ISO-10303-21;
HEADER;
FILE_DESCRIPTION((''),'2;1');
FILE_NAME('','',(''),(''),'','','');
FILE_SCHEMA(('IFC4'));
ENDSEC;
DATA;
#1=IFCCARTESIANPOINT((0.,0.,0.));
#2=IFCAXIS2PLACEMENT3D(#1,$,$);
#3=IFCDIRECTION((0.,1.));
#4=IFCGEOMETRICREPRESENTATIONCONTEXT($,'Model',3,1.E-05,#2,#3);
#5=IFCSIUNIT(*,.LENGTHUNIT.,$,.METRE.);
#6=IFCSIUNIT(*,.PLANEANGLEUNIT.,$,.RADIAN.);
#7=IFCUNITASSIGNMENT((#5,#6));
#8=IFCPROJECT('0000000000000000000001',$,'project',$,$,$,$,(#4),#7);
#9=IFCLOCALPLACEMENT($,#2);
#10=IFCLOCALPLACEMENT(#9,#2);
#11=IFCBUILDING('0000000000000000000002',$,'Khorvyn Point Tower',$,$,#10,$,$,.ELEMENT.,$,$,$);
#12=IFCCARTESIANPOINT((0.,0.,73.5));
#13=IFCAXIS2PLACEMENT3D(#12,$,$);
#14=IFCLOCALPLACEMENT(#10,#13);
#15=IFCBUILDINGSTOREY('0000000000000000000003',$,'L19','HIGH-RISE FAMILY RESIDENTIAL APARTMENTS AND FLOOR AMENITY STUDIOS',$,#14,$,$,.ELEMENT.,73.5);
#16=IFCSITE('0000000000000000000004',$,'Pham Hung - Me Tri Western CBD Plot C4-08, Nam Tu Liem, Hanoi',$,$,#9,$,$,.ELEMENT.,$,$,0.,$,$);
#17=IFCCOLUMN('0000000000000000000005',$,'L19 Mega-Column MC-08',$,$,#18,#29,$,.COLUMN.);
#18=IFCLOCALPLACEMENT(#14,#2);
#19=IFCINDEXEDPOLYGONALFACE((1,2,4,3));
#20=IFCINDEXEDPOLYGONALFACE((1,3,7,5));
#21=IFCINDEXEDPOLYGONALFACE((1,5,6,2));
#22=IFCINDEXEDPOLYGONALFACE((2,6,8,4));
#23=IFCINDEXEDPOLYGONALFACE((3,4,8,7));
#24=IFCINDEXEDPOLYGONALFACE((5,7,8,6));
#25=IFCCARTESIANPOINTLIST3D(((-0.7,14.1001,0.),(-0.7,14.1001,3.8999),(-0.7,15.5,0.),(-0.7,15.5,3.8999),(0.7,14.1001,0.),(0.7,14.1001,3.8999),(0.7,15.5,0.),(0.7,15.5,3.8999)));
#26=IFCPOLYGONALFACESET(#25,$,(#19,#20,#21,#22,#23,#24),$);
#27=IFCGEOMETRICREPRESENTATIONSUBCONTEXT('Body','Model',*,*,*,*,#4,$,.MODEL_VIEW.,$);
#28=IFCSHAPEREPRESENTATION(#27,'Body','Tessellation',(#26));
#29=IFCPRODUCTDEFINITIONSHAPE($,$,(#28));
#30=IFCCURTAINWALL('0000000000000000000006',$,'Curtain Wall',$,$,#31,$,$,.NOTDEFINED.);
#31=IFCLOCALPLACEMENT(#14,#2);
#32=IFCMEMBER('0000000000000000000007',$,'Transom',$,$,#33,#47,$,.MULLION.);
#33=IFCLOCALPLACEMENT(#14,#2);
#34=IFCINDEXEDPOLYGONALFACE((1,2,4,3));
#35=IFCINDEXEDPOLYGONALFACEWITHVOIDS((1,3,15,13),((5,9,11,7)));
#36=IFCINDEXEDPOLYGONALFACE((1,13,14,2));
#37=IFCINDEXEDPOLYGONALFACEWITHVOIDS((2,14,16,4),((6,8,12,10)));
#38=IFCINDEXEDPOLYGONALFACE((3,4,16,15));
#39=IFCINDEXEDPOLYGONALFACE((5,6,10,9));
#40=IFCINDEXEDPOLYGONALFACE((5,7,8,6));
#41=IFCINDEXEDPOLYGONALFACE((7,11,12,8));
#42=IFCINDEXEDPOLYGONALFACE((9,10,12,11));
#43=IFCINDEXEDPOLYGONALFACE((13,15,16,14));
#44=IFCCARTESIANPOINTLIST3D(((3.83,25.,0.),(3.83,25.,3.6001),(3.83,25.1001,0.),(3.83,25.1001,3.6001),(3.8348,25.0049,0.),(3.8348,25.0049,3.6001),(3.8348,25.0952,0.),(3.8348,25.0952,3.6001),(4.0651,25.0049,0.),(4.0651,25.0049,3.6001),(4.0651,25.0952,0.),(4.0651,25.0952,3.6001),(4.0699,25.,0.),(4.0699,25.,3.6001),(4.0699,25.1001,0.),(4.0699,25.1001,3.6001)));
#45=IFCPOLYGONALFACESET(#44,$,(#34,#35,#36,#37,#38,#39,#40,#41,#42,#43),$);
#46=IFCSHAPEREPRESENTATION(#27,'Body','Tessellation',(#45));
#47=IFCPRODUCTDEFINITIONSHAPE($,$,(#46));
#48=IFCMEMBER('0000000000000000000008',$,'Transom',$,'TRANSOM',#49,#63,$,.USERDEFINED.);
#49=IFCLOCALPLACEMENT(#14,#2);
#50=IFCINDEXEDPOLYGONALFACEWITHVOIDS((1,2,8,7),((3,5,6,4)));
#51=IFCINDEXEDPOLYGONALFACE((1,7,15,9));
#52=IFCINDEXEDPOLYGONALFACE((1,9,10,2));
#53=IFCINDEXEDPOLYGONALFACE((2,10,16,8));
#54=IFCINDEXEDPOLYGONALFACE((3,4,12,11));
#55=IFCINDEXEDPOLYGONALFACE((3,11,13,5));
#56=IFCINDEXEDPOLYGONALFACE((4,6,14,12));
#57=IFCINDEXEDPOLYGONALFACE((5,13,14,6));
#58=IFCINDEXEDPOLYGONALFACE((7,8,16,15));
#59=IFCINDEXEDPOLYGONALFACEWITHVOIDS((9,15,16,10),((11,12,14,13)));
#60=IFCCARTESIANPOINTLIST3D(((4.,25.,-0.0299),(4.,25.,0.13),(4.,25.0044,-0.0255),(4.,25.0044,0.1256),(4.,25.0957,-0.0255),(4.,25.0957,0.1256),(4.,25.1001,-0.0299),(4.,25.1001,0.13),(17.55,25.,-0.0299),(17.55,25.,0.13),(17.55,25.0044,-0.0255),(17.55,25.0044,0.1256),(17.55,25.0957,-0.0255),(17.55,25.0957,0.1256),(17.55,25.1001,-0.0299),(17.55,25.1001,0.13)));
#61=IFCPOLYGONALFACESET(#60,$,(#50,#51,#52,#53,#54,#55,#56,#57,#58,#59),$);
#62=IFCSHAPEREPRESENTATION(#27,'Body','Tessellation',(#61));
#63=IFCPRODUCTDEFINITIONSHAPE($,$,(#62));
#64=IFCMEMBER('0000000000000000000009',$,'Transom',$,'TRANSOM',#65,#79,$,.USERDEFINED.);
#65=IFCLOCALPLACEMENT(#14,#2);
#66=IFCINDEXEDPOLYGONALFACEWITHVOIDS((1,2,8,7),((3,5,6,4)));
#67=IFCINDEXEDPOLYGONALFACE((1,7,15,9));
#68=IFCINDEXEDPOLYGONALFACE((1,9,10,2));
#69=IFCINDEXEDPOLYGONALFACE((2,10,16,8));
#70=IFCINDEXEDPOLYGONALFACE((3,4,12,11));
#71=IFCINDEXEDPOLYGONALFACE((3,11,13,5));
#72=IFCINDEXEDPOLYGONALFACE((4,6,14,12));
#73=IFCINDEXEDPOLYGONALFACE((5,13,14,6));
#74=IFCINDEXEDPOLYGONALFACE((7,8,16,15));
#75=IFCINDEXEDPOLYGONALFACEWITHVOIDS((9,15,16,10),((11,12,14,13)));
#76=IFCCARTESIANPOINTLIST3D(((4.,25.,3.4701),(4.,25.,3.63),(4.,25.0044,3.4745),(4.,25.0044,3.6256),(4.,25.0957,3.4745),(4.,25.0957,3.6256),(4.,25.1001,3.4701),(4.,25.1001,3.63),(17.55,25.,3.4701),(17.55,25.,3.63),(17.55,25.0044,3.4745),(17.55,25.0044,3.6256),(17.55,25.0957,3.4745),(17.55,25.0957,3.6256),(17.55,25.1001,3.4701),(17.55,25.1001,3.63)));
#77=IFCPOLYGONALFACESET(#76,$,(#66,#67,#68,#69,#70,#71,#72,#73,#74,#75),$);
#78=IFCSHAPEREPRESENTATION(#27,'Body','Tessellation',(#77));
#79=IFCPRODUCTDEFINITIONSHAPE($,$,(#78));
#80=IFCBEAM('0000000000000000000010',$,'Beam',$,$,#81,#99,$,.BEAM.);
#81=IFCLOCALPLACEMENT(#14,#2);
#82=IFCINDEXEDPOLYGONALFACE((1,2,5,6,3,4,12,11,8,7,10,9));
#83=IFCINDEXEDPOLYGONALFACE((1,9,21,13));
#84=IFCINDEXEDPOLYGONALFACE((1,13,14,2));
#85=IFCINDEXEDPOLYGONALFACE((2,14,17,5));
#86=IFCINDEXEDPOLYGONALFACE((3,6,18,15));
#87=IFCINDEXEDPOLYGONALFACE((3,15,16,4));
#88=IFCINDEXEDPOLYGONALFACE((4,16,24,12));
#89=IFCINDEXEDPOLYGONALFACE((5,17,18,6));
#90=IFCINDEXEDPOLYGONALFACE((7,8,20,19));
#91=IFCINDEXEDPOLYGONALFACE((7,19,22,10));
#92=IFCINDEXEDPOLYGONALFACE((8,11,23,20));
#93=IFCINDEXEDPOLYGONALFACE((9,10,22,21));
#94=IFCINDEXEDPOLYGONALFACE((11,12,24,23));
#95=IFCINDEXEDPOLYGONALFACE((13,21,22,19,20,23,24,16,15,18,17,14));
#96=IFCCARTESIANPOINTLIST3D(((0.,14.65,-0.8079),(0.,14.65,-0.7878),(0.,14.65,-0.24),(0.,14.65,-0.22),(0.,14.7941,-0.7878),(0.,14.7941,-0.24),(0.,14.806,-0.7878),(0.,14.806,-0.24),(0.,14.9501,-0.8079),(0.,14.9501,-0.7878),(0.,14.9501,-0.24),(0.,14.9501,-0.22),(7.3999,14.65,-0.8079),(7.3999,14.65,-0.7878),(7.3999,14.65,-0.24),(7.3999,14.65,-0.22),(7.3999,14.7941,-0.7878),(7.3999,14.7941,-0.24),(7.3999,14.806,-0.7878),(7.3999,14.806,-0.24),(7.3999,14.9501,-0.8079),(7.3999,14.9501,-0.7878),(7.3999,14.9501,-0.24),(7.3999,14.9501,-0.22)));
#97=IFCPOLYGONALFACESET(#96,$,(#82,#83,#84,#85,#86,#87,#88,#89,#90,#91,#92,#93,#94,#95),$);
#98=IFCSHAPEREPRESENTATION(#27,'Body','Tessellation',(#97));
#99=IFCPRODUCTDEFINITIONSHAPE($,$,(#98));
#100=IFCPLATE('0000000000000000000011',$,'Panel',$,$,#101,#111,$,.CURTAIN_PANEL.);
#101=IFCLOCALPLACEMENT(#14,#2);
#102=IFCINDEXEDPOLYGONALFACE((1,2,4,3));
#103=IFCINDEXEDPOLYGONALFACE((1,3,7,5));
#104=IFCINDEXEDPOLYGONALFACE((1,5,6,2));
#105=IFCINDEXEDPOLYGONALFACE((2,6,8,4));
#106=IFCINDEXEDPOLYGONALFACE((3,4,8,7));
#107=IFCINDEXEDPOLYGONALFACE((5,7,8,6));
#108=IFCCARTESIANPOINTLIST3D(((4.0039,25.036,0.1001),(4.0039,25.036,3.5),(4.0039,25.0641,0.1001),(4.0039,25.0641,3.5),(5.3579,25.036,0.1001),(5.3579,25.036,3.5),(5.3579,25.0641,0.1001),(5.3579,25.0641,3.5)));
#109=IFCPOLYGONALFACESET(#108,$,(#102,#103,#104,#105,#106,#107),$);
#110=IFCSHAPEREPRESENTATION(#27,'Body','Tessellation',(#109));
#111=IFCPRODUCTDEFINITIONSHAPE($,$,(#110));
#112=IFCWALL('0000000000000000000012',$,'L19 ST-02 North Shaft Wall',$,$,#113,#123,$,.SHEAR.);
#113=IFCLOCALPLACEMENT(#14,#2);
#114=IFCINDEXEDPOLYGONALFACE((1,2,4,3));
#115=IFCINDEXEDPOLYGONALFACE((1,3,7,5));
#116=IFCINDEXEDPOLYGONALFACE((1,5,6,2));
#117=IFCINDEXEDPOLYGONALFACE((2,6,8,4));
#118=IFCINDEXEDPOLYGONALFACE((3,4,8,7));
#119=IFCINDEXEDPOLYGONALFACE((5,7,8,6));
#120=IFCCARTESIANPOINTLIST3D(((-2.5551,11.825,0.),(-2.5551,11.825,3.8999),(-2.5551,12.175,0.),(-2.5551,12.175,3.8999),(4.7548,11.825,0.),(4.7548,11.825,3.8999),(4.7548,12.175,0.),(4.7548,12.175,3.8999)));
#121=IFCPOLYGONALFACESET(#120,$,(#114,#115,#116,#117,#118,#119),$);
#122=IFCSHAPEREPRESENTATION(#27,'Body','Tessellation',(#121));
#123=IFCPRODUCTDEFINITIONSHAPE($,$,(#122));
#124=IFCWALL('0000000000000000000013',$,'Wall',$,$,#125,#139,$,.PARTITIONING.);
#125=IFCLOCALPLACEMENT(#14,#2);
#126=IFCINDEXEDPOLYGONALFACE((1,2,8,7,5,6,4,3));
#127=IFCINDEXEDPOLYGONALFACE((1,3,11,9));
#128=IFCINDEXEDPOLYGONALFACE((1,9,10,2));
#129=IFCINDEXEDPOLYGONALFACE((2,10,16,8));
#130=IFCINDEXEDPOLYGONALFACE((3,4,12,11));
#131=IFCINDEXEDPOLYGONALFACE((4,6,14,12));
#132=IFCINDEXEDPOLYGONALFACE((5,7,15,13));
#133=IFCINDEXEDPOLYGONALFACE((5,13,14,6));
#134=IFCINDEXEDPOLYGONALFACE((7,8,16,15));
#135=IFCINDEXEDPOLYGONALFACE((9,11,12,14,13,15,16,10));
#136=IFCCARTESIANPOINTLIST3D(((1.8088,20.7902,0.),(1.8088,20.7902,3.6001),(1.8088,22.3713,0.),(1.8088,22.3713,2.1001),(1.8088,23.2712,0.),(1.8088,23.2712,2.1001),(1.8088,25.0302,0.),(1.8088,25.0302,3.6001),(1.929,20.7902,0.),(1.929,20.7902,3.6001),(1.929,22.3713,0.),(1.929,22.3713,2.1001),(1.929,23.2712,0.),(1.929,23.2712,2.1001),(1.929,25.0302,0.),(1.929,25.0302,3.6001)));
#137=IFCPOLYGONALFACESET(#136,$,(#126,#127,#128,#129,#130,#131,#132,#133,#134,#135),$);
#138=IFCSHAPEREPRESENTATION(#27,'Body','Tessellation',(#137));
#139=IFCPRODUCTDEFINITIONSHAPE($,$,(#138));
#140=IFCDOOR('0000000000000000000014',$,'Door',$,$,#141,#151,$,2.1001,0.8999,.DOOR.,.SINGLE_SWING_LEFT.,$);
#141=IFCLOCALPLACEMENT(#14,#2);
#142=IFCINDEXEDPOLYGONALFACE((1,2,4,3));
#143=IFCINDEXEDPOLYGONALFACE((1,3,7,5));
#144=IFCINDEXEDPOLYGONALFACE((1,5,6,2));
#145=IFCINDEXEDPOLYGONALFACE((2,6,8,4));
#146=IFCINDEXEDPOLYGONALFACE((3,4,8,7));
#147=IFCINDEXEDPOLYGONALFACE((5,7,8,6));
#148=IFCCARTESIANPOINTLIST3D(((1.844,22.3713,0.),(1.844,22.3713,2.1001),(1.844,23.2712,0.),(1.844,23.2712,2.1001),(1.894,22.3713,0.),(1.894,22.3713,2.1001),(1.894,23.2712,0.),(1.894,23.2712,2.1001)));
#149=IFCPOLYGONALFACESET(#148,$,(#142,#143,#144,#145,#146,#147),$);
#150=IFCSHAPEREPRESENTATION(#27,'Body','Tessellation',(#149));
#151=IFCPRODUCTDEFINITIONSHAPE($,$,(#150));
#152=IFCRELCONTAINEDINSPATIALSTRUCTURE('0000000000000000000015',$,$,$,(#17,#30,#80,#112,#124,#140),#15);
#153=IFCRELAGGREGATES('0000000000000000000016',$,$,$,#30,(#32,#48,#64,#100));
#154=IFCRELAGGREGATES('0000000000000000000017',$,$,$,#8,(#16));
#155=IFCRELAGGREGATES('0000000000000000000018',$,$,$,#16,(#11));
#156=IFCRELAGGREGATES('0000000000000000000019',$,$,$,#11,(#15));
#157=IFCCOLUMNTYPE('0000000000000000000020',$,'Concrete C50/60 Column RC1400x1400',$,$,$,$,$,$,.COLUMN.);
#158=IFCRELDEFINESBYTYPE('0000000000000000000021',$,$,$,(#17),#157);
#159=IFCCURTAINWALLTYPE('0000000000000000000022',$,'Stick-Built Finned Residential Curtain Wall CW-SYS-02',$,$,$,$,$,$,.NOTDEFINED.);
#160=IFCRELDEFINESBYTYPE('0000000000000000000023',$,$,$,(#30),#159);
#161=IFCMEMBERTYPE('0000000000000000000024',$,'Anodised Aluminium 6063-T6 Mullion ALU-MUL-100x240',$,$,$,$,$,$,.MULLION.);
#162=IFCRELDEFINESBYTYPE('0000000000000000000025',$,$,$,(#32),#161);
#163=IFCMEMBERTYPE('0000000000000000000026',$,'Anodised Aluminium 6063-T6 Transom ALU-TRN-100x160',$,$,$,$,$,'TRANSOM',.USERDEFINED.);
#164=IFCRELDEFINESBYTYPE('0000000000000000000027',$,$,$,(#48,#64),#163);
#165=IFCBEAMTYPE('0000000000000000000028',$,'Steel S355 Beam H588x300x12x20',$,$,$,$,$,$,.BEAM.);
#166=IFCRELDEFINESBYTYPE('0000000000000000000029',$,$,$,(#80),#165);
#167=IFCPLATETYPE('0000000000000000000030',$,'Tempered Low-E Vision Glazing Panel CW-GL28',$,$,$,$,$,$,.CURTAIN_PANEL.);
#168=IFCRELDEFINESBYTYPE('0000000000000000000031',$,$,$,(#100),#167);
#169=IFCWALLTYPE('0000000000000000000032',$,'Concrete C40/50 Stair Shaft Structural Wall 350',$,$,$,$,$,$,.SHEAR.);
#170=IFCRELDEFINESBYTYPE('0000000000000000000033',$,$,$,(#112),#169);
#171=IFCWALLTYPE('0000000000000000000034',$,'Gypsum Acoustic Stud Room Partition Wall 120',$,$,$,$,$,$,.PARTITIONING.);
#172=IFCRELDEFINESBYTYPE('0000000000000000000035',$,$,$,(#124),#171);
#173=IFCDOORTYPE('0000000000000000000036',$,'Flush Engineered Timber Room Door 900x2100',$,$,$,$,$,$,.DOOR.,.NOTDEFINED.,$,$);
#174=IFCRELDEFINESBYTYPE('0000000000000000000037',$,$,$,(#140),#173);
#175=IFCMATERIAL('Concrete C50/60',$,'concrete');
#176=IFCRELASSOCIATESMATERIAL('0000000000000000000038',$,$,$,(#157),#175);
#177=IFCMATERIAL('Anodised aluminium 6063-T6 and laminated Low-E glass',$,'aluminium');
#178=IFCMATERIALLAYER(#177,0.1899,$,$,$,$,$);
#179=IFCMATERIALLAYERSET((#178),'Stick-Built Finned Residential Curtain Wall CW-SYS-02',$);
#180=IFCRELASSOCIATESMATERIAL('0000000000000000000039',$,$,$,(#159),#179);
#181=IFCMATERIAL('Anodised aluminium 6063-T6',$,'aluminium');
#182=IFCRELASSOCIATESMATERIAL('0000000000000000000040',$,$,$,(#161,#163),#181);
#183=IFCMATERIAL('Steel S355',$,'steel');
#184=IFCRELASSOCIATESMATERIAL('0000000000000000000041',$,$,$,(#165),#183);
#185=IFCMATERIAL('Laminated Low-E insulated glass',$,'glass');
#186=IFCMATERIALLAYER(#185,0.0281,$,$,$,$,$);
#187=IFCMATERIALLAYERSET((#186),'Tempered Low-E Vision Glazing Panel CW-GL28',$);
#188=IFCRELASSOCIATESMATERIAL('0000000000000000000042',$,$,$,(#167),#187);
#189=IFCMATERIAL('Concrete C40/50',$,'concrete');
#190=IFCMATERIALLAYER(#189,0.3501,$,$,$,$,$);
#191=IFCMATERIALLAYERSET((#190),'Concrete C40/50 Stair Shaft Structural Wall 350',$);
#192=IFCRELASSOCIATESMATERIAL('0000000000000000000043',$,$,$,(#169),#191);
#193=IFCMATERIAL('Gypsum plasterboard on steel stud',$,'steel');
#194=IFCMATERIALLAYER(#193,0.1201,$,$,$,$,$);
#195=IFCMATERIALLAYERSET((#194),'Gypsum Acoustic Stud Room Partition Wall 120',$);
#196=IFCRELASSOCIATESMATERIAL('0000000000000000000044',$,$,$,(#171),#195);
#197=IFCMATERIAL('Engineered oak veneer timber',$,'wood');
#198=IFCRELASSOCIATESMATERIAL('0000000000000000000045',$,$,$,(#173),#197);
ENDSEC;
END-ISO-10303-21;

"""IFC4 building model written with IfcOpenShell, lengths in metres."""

from ifc_helpers import new_model, si_unit, direction, frame, frame_2d, origin, origin_2d, place, context, subcontext, project, spatial, rectangle, hollow_rectangle, i_section, extrude, material, layer, layer_set, material_profile, profile_set, type_object, element, fill, aggregate, save


model = new_model("IFC4")

# Units and contexts
model_context = context("Model", 3, precision=1e-05, world=origin(), true_north=direction((0.0, 1.0)))
body_context = subcontext(model_context, "Body", "Model", "MODEL_VIEW")
ifc_project = project(units=[si_unit("LENGTHUNIT", "METRE"), si_unit("PLANEANGLEUNIT", "RADIAN")], contexts=[model_context])

# Site, building, storey
site_placement = place(None, origin())
site = spatial("IfcSite", under=ifc_project, at=site_placement, Name="Pham Hung - Me Tri Western CBD Plot C4-08, Nam Tu Liem, Hanoi", CompositionType="ELEMENT", RefElevation=0.0)
building_placement = place(site_placement, origin())
building = spatial("IfcBuilding", under=site, at=building_placement, Name="Khorvyn Point Tower", CompositionType="ELEMENT")
storey_placement = place(building_placement, frame((0.0, 0.0, 73.5)))
storey = spatial("IfcBuildingStorey", under=building, at=storey_placement, Name="L19", Description="HIGH-RISE FAMILY RESIDENTIAL APARTMENTS AND FLOOR AMENITY STUDIOS", CompositionType="ELEMENT", Elevation=73.5)

# Column
ifc_material_1 = material(Name="Concrete C50/60", Category="concrete")
ifc_material_profile_1 = material_profile(ifc_material_1, rectangle(XDim=1.3999, YDim=1.3999, at=origin_2d()))
ifc_profile_set_1 = profile_set([ifc_material_profile_1], Name="Concrete C50/60 RC1400x1400")
column_type = type_object("IfcColumnType", Name="Concrete C50/60 Column RC1400x1400", PredefinedType="COLUMN", material=ifc_profile_set_1)
column_placement = place(storey_placement, frame((0.0, 14.8, 0.0), z_axis=(0.0, 0.0, 1.0), x_axis=(1.0, 0.0, 0.0)))
element("IfcColumn", 1, at=column_placement, inside=storey, type_object=column_type, Name="L19 Mega-Column MC-08", PredefinedType="COLUMN", context=body_context, shape_type="SweptSolid", body=[
    extrude(rectangle(XDim=1.3999, YDim=1.3999, at=origin_2d()), origin(), (0.0, 0.0, 1.0), 3.8999),
])

# Curtain wall, members
ifc_material_2 = material(Name="Anodised aluminium 6063-T6 and laminated Low-E glass", Category="aluminium")
ifc_layer_1 = layer(ifc_material_2, 0.1899)
ifc_layer_set_1 = layer_set([ifc_layer_1], Name="Stick-Built Finned Residential Curtain Wall CW-SYS-02")
curtain_wall_type = type_object("IfcCurtainWallType", Name="Stick-Built Finned Residential Curtain Wall CW-SYS-02", PredefinedType="NOTDEFINED", material=ifc_layer_set_1)
curtain_wall_placement = place(storey_placement, origin())
curtain_wall = element("IfcCurtainWall", 2, at=curtain_wall_placement, inside=storey, type_object=curtain_wall_type, Name="Curtain Wall", PredefinedType="NOTDEFINED")
ifc_material_3 = material(Name="Anodised aluminium 6063-T6", Category="aluminium")
ifc_material_profile_2 = material_profile(ifc_material_3, hollow_rectangle(XDim=0.1001, YDim=0.24, WallThickness=0.0049, at=origin_2d()))
ifc_profile_set_2 = profile_set([ifc_material_profile_2], Name="Anodised aluminium 6063-T6 ALU-MUL-100x240")
member_type_1 = type_object("IfcMemberType", Name="Anodised Aluminium 6063-T6 Mullion ALU-MUL-100x240", PredefinedType="MULLION", material=ifc_profile_set_2)
member_1_placement = place(storey_placement, frame((3.95, 25.05, 0.0), z_axis=(0.0, 0.0, 1.0), x_axis=(0.0, 1.0, 0.0)))
member_1 = element("IfcMember", 3, at=member_1_placement, type_object=member_type_1, Name="Transom", PredefinedType="MULLION", context=body_context, shape_type="SweptSolid", body=[
    extrude(hollow_rectangle(XDim=0.1001, YDim=0.24, WallThickness=0.0049, at=origin_2d()), origin(), (0.0, 0.0, 1.0), 3.6001),
])
ifc_material_profile_3 = material_profile(ifc_material_3, hollow_rectangle(XDim=0.1001, YDim=0.1599, WallThickness=0.0044, at=origin_2d()))
ifc_profile_set_3 = profile_set([ifc_material_profile_3], Name="Anodised aluminium 6063-T6 ALU-TRN-100x160")
member_type_2 = type_object("IfcMemberType", Name="Anodised Aluminium 6063-T6 Transom ALU-TRN-100x160", ElementType="TRANSOM", PredefinedType="USERDEFINED", material=ifc_profile_set_3)
member_2_placement = place(storey_placement, frame((4.0, 25.05, 0.05), z_axis=(1.0, 0.0, 0.0), x_axis=(0.0, 1.0, 0.0)))
member_2 = element("IfcMember", 4, at=member_2_placement, type_object=member_type_2, Name="Transom", ObjectType="TRANSOM", PredefinedType="USERDEFINED", context=body_context, shape_type="SweptSolid", body=[
    extrude(hollow_rectangle(XDim=0.1001, YDim=0.1599, WallThickness=0.0044, at=origin_2d()), origin(), (0.0, 0.0, 1.0), 13.55),
])
member_3_placement = place(storey_placement, frame((4.0, 25.05, 3.55), z_axis=(1.0, 0.0, 0.0), x_axis=(0.0, 1.0, 0.0)))
member_3 = element("IfcMember", 5, at=member_3_placement, type_object=member_type_2, Name="Transom", ObjectType="TRANSOM", PredefinedType="USERDEFINED", context=body_context, shape_type="SweptSolid", body=[
    extrude(hollow_rectangle(XDim=0.1001, YDim=0.1599, WallThickness=0.0044, at=origin_2d()), origin(), (0.0, 0.0, 1.0), 13.55),
])

# Beam
ifc_material_4 = material(Name="Steel S355", Category="steel")
ifc_material_profile_4 = material_profile(ifc_material_4, i_section(OverallWidth=0.3, OverallDepth=0.5879, WebThickness=0.012, FlangeThickness=0.02, at=origin_2d()))
ifc_profile_set_4 = profile_set([ifc_material_profile_4], Name="Steel S355 H588x300x12x20")
beam_type = type_object("IfcBeamType", Name="Steel S355 Beam H588x300x12x20", PredefinedType="BEAM", material=ifc_profile_set_4)
beam_placement = place(storey_placement, frame((0.0, 14.8, -0.5139), z_axis=(1.0, 0.0, 0.0), x_axis=(0.0, 1.0, 0.0)))
element("IfcBeam", 6, at=beam_placement, inside=storey, type_object=beam_type, Name="Beam", PredefinedType="BEAM", context=body_context, shape_type="SweptSolid", body=[
    extrude(i_section(OverallWidth=0.3, OverallDepth=0.5879, WebThickness=0.012, FlangeThickness=0.02, at=origin_2d()), origin(), (0.0, 0.0, 1.0), 7.3999),
])

# Plate
ifc_material_5 = material(Name="Laminated Low-E insulated glass", Category="glass")
ifc_layer_2 = layer(ifc_material_5, 0.0281)
ifc_layer_set_2 = layer_set([ifc_layer_2], Name="Tempered Low-E Vision Glazing Panel CW-GL28")
plate_type = type_object("IfcPlateType", Name="Tempered Low-E Vision Glazing Panel CW-GL28", PredefinedType="CURTAIN_PANEL", material=ifc_layer_set_2)
plate_placement = place(storey_placement, frame((4.6809, 25.05, 0.1001), z_axis=(0.0, 0.0, 1.0), x_axis=(1.0, 0.0, 0.0)))
plate = element("IfcPlate", 7, at=plate_placement, type_object=plate_type, Name="Panel", PredefinedType="CURTAIN_PANEL", context=body_context, shape_type="SweptSolid", body=[
    extrude(rectangle(XDim=1.354, YDim=0.0281, at=origin_2d()), origin(), (0.0, 0.0, 1.0), 3.3999),
])
aggregate(curtain_wall, [member_1, member_2, member_3, plate])

# Shared definitions
ifc_material_6 = material(Name="Concrete C40/50", Category="concrete")

# Wall
ifc_layer_3 = layer(ifc_material_6, 0.3501)
ifc_layer_set_3 = layer_set([ifc_layer_3], Name="Concrete C40/50 Stair Shaft Structural Wall 350")
wall_type_1 = type_object("IfcWallType", Name="Concrete C40/50 Stair Shaft Structural Wall 350", PredefinedType="SHEAR", material=ifc_layer_set_3)
wall_1_placement = place(storey_placement, frame((-2.5549, 12.0, 0.0), z_axis=(0.0, 0.0, 1.0), x_axis=(1.0, 0.0, 0.0)))
element("IfcWall", 8, at=wall_1_placement, inside=storey, type_object=wall_type_1, Name="L19 ST-02 North Shaft Wall", PredefinedType="SHEAR", context=body_context, shape_type="SweptSolid", body=[
    extrude(rectangle(XDim=7.3098, YDim=0.3501, at=frame_2d((3.6548, 0.0))), origin(), (0.0, 0.0, 1.0), 3.8999),
])

# Wall, opening, door
ifc_material_7 = material(Name="Gypsum plasterboard on steel stud", Category="steel")
ifc_layer_4 = layer(ifc_material_7, 0.1201)
ifc_layer_set_4 = layer_set([ifc_layer_4], Name="Gypsum Acoustic Stud Room Partition Wall 120")
wall_type_2 = type_object("IfcWallType", Name="Gypsum Acoustic Stud Room Partition Wall 120", PredefinedType="PARTITIONING", material=ifc_layer_set_4)
wall_2_placement = place(storey_placement, frame((1.8689, 20.79, 0.0), z_axis=(0.0, 0.0, 1.0), x_axis=(0.0, 1.0, 0.0)))
wall_2 = element("IfcWall", 9, at=wall_2_placement, inside=storey, type_object=wall_type_2, Name="Wall", PredefinedType="PARTITIONING", context=body_context, shape_type="SweptSolid", body=[
    extrude(rectangle(XDim=4.24, YDim=0.1201, at=frame_2d((2.1201, 0.0))), origin(), (0.0, 0.0, 1.0), 3.6001),
])
opening_1_placement = place(wall_2_placement, frame((1.5813, 0.0, 0.0)))
opening_1 = element("IfcOpeningElement", 10, at=opening_1_placement, cuts=wall_2, PredefinedType="OPENING", context=body_context, shape_type="SweptSolid", body=[
    extrude(rectangle(XDim=0.8999, YDim=2.1001, at=frame_2d((0.45, 1.05))), frame((0.0, 0.0701, 0.0), z_axis=(0.0, -1.0, 0.0), x_axis=(1.0, 0.0, 0.0)), (0.0, 0.0, 1.0), 0.1401),
])
ifc_material_8 = material(Name="Engineered oak veneer timber", Category="wood")
door_type_1 = type_object("IfcDoorType", Name="Flush Engineered Timber Room Door 900x2100", OperationType="NOTDEFINED", PredefinedType="DOOR", material=ifc_material_8)
door_1_placement = place(opening_1_placement, origin())
door_1 = element("IfcDoor", 11, at=door_1_placement, inside=storey, type_object=door_type_1, Name="Door", OperationType="SINGLE_SWING_LEFT", OverallHeight=2.1001, OverallWidth=0.8999, PredefinedType="DOOR", context=body_context, shape_type="SweptSolid", body=[
    extrude(rectangle(XDim=0.8999, YDim=2.1001, at=frame_2d((0.45, 1.05))), frame((0.0, 0.0249, 0.0), z_axis=(0.0, -1.0, 0.0), x_axis=(1.0, 0.0, 0.0)), (0.0, 0.0, 1.0), 0.05),
])
fill(opening_1, door_1)

save(model, "model.ifc")
